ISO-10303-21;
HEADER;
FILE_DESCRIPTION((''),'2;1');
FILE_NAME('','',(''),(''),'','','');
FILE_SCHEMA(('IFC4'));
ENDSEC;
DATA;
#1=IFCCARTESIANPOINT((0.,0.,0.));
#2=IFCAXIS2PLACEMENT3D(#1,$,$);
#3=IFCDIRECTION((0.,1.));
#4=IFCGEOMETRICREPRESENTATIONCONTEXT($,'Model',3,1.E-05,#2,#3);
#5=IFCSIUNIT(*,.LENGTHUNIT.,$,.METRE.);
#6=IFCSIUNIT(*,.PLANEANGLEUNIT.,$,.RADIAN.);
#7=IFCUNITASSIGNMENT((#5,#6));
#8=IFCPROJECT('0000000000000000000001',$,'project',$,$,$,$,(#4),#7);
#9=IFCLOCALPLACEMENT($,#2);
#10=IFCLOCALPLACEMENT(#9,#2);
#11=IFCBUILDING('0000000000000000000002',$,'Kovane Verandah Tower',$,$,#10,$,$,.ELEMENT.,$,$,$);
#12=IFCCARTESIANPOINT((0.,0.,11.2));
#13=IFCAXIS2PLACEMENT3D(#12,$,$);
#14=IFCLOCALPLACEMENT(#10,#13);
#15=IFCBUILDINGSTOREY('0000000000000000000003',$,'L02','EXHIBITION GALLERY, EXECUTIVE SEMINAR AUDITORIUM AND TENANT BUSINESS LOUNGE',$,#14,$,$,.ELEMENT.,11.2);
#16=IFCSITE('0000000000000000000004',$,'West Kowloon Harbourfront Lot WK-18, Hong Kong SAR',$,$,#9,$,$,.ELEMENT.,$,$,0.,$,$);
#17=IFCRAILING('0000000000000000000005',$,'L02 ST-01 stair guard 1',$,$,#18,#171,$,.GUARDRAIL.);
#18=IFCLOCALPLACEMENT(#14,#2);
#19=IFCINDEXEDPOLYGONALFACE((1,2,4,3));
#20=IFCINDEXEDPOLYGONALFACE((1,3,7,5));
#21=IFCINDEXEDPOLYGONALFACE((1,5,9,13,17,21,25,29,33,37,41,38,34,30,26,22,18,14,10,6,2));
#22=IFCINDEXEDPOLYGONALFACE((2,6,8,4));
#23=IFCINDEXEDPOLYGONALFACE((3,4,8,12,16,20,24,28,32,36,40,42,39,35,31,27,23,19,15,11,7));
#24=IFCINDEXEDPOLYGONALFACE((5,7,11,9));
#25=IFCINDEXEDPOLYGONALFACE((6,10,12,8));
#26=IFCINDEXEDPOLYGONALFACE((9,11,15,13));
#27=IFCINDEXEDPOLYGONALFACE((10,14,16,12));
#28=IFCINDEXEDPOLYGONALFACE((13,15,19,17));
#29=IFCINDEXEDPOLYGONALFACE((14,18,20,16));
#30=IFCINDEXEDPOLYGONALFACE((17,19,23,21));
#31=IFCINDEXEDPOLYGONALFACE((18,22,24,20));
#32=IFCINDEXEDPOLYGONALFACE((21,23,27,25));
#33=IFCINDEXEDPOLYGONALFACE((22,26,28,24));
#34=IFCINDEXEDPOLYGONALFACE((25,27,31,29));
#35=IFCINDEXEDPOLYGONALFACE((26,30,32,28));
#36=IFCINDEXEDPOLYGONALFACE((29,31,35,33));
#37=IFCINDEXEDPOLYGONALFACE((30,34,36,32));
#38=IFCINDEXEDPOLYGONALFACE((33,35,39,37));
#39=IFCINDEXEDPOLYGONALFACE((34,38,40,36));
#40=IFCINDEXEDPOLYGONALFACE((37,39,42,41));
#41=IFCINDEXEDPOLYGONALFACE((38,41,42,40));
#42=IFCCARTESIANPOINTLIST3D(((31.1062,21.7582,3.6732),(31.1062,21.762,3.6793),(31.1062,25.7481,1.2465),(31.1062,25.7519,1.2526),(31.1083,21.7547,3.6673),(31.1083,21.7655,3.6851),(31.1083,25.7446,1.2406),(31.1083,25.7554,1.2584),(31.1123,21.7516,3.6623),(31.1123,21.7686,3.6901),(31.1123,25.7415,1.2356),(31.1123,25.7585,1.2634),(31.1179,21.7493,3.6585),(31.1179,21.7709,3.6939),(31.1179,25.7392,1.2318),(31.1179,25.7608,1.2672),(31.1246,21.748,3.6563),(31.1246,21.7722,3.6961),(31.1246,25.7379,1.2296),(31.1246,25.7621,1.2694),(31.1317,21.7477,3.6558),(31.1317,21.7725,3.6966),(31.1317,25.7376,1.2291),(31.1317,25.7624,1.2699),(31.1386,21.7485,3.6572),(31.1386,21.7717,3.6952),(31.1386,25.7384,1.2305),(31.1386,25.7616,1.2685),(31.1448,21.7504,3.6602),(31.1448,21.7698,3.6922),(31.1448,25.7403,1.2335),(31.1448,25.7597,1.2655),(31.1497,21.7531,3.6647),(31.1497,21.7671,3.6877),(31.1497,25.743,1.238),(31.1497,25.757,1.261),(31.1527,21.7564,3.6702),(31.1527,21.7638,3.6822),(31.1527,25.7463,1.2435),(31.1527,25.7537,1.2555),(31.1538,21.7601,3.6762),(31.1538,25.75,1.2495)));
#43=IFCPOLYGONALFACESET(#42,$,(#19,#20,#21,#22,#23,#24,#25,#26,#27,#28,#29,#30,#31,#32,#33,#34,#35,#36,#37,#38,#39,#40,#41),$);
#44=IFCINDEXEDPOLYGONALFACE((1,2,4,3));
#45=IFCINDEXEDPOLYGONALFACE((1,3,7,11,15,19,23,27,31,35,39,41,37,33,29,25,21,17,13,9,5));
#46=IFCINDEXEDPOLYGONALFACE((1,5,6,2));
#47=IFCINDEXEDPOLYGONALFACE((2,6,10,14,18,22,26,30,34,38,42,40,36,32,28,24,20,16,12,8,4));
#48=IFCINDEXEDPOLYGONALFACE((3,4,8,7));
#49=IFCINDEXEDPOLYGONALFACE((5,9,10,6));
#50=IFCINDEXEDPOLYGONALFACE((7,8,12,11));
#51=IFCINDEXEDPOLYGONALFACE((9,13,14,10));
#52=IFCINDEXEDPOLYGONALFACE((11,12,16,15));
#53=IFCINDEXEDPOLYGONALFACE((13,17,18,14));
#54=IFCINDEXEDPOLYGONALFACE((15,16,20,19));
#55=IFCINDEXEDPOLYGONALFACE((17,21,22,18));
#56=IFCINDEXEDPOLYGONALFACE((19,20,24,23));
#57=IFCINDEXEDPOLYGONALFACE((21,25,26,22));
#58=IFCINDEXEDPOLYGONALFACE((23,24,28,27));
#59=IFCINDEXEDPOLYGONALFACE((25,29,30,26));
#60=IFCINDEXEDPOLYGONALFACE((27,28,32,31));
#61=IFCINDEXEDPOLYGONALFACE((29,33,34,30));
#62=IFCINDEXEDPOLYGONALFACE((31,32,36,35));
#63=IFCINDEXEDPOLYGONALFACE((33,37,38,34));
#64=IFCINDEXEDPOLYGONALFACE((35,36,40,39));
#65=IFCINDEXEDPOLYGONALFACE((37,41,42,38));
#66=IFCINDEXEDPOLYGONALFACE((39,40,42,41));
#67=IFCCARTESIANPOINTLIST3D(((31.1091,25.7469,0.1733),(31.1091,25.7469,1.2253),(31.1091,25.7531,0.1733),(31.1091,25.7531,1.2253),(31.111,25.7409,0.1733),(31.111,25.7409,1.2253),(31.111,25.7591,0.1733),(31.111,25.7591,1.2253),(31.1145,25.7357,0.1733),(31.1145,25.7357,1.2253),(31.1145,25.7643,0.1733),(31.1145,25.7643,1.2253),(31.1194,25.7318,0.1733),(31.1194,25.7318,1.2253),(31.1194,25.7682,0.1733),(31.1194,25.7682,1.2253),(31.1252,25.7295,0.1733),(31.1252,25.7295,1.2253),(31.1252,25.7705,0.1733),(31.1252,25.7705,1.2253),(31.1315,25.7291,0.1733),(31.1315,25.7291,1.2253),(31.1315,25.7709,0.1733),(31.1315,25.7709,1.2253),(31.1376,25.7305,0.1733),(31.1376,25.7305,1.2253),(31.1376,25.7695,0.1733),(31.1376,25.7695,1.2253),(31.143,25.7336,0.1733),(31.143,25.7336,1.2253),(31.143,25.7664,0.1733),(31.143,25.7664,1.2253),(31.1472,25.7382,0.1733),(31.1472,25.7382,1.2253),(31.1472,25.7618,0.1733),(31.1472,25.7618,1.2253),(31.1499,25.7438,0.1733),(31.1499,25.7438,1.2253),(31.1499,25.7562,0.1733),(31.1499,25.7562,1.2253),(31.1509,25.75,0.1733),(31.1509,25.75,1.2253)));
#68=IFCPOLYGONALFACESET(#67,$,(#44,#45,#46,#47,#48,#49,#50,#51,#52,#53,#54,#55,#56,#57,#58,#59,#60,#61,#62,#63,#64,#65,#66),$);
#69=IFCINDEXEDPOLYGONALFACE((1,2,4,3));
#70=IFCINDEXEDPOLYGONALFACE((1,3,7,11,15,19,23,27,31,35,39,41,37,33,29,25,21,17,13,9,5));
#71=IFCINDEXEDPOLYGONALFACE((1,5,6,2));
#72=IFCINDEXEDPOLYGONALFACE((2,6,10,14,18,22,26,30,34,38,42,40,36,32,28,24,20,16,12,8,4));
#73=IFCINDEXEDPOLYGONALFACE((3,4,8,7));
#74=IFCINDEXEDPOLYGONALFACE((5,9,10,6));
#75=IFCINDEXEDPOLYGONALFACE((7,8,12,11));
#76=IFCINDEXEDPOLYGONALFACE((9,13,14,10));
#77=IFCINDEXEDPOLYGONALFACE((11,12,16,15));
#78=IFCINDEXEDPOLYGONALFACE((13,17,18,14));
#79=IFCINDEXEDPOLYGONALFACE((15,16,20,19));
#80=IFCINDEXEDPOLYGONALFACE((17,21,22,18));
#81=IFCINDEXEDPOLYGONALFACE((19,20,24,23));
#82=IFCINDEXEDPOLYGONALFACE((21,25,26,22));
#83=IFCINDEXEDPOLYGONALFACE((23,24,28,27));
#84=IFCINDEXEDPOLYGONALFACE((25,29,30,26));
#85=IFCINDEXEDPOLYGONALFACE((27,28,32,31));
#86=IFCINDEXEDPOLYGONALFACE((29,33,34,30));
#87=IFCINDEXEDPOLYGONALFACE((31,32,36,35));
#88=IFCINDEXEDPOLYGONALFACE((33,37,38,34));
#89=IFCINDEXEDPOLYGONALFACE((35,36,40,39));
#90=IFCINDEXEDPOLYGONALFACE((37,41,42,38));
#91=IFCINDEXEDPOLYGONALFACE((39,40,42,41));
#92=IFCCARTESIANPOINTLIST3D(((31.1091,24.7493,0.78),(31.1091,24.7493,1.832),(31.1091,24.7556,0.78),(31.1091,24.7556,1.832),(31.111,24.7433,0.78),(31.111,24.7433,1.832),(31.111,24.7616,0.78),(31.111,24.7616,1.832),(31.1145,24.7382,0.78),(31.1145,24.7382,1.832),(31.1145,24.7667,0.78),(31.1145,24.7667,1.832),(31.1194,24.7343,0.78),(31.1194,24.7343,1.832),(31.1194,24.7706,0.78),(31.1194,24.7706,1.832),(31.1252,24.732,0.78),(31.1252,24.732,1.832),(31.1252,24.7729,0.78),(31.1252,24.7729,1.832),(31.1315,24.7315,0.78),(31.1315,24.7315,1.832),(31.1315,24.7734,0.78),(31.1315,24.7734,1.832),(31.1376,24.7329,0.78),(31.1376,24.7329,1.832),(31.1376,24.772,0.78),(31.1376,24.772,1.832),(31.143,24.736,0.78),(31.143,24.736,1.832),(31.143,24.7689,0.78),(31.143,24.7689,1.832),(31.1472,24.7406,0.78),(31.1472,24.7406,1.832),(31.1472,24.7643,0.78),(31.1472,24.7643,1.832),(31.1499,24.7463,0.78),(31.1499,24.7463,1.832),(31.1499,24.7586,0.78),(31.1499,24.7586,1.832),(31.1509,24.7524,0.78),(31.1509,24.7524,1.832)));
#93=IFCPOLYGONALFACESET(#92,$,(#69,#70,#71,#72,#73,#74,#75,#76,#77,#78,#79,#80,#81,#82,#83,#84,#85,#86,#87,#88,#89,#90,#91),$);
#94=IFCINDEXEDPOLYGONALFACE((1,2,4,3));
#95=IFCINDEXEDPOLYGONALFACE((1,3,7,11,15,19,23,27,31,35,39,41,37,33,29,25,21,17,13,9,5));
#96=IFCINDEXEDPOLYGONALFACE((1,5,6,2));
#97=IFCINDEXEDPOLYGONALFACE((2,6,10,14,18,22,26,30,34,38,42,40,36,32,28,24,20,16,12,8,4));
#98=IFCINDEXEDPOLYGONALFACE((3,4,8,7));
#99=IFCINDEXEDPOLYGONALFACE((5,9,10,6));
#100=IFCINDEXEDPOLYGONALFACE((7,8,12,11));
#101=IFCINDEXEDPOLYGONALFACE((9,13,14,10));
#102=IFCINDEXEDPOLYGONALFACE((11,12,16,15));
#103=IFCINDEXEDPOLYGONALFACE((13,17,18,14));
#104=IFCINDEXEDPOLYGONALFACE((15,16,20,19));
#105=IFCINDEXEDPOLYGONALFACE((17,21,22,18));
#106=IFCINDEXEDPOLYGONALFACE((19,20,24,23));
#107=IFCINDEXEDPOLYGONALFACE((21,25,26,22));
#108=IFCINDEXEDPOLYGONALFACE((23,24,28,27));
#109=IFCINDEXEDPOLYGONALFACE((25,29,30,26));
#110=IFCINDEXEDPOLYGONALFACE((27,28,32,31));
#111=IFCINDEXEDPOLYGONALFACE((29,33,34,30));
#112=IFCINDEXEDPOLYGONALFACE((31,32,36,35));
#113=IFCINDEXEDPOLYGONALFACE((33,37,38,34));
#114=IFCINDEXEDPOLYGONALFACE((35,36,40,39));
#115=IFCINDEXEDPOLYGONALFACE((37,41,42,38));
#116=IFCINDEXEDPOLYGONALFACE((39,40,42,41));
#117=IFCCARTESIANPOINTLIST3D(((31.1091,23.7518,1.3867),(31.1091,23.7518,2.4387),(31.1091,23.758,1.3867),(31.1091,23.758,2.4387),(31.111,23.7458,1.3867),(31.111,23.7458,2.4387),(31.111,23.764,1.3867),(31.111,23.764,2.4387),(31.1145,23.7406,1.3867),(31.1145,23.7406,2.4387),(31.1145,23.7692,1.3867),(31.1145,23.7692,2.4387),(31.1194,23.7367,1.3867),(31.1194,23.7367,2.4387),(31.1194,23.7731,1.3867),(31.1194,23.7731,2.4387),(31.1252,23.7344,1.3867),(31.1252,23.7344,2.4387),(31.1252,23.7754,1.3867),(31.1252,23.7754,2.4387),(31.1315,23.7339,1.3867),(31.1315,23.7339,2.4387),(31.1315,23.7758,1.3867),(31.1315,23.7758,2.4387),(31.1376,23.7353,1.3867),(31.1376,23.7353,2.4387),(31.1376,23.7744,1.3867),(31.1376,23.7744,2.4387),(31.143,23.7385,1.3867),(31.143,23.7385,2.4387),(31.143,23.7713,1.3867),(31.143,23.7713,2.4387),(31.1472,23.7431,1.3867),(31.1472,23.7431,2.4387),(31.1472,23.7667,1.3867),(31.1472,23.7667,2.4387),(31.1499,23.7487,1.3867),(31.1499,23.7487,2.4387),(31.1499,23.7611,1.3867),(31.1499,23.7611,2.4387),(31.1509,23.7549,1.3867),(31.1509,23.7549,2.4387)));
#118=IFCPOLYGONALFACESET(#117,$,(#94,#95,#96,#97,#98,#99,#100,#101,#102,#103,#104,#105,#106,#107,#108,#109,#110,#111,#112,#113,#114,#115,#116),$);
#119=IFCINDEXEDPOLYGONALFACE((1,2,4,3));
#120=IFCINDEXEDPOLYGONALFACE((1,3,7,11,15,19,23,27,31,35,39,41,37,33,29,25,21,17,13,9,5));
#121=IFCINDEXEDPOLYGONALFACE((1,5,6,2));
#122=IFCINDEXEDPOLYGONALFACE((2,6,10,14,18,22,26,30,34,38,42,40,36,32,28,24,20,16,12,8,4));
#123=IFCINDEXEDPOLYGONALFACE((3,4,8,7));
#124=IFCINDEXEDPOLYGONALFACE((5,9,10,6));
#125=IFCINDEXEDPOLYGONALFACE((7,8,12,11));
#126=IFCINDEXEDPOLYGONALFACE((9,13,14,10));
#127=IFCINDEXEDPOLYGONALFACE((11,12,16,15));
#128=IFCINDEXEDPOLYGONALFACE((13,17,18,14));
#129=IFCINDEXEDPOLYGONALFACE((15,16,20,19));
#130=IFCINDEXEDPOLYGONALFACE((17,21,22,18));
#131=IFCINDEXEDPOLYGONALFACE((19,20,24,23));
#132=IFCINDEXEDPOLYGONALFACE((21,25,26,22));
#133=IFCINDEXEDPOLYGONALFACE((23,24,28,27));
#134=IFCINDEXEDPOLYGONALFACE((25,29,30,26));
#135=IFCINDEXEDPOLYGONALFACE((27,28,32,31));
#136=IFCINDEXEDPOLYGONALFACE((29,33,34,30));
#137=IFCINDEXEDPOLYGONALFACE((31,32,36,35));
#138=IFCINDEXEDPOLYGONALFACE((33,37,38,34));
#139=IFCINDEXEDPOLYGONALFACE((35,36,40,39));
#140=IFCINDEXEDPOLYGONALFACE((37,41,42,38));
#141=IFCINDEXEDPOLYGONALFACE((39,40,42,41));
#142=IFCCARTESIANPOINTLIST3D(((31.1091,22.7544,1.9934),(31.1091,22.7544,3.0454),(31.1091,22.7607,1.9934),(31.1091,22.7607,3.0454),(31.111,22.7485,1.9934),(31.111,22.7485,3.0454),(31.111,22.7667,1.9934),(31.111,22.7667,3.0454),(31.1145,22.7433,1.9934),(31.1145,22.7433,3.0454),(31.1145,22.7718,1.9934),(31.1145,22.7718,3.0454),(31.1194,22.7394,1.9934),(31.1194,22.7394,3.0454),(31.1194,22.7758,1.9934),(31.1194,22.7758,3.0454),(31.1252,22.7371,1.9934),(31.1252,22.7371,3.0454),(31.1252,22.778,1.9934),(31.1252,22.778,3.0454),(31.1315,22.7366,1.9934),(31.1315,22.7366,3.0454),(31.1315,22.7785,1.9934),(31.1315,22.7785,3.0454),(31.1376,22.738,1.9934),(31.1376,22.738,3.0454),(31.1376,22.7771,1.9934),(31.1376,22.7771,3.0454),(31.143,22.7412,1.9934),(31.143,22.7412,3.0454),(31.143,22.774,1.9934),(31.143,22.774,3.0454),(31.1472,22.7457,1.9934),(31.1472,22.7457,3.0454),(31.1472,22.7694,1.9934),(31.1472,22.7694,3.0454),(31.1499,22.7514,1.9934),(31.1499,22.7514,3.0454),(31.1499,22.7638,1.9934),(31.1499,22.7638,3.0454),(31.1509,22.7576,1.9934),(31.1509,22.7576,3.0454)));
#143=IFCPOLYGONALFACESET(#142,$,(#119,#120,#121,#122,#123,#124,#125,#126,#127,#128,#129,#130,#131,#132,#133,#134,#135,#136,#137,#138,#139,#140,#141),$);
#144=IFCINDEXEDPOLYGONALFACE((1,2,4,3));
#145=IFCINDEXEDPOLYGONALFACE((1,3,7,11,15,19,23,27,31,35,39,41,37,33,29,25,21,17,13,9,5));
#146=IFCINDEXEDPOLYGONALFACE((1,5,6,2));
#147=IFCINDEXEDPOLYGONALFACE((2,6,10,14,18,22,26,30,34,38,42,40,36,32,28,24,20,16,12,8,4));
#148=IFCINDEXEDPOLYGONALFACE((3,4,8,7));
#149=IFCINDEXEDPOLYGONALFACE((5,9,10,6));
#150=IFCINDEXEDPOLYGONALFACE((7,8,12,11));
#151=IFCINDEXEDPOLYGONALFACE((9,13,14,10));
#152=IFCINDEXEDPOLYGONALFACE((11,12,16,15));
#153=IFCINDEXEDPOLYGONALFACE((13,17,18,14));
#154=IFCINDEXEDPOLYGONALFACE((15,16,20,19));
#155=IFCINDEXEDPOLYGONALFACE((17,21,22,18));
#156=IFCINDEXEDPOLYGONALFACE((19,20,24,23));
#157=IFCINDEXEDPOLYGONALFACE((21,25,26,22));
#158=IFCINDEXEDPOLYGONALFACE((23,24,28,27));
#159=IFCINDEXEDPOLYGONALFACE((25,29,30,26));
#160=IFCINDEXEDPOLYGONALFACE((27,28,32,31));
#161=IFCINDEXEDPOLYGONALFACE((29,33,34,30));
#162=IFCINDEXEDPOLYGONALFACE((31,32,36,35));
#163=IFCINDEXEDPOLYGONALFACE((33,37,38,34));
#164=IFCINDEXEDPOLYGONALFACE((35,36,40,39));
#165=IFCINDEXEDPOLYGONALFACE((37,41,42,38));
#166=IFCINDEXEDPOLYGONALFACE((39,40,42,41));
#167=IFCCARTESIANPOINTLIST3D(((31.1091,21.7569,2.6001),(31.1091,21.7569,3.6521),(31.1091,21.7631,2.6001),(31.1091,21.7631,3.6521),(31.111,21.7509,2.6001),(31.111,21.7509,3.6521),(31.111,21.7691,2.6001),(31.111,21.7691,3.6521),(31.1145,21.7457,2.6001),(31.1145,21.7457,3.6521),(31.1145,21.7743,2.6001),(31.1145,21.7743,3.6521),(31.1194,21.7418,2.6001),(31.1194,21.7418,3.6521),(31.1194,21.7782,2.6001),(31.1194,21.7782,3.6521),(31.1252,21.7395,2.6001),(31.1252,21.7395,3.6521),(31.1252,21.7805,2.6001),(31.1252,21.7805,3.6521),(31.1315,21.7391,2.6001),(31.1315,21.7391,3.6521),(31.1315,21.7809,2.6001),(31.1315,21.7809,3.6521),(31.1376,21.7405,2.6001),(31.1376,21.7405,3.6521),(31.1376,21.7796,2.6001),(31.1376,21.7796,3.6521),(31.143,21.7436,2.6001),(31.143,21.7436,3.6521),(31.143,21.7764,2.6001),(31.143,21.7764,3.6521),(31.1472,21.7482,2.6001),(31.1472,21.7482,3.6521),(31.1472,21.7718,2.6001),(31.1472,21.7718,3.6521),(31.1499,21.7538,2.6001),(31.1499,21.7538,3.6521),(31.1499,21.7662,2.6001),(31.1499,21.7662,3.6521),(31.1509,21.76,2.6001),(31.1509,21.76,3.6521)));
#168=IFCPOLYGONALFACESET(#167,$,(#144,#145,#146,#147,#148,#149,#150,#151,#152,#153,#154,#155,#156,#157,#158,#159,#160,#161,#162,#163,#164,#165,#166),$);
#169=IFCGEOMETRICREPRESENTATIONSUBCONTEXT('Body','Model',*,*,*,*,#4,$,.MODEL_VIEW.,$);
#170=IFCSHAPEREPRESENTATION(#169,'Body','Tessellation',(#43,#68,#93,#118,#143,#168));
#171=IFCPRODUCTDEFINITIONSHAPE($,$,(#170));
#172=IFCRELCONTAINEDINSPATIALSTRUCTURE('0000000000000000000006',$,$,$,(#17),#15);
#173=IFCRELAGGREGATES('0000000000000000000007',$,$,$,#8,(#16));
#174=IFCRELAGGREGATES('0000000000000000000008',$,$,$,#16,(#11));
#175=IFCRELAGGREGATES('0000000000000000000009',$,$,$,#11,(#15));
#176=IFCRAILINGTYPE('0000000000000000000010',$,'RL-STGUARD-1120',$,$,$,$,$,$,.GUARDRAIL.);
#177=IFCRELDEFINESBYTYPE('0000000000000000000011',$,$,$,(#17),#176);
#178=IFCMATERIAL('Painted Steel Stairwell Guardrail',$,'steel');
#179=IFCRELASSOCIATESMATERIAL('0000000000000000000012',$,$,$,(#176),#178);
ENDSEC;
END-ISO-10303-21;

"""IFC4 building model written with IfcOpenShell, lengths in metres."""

from ifc_helpers import new_model, si_unit, direction, frame, origin, origin_2d, place, context, subcontext, project, spatial, circle, extrude, material, type_object, element, save


model = new_model("IFC4")

# Units and contexts
model_context = context("Model", 3, precision=1e-05, world=origin(), true_north=direction((0.0, 1.0)))
body_context = subcontext(model_context, "Body", "Model", "MODEL_VIEW")
ifc_project = project(units=[si_unit("LENGTHUNIT", "METRE"), si_unit("PLANEANGLEUNIT", "RADIAN")], contexts=[model_context])

# Site, building, storey
site_placement = place(None, origin())
site = spatial("IfcSite", under=ifc_project, at=site_placement, Name="West Kowloon Harbourfront Lot WK-18, Hong Kong SAR", CompositionType="ELEMENT", RefElevation=0.0)
building_placement = place(site_placement, origin())
building = spatial("IfcBuilding", under=site, at=building_placement, Name="Kovane Verandah Tower", CompositionType="ELEMENT")
storey_placement = place(building_placement, frame((0.0, 0.0, 11.2)))
storey = spatial("IfcBuildingStorey", under=building, at=storey_placement, Name="L02", Description="EXHIBITION GALLERY, EXECUTIVE SEMINAR AUDITORIUM AND TENANT BUSINESS LOUNGE", CompositionType="ELEMENT", Elevation=11.2)

# Railing
ifc_material_1 = material(Name="Painted Steel Stairwell Guardrail", Category="steel")
railing_type = type_object("IfcRailingType", Name="RL-STGUARD-1120", PredefinedType="GUARDRAIL", material=ifc_material_1)
railing_1_placement = place(storey_placement, frame((31.1299, 25.75, 0.1733)))
element("IfcRailing", 1, at=railing_1_placement, inside=storey, type_object=railing_type, Name="L02 ST-01 stair guard 1", PredefinedType="GUARDRAIL", context=body_context, shape_type="SweptSolid", body=[
    extrude(circle(Radius=0.0239, at=origin_2d()), frame((0.0, 0.0, 1.0762), z_axis=(0.0, -0.854382, 0.519645), x_axis=(1.0, 0.0, 0.0)), (0.0, 0.0, 1.0), 4.6699),
    extrude(circle(Radius=0.021, at=origin_2d()), origin(), (0.0, 0.0, 1.0), 1.052),
    extrude(circle(Radius=0.021, at=origin_2d()), frame((0.0, -0.9976, 0.6067)), (0.0, 0.0, 1.0), 1.052),
    extrude(circle(Radius=0.021, at=origin_2d()), frame((0.0, -1.9951, 1.2134)), (0.0, 0.0, 1.0), 1.052),
    extrude(circle(Radius=0.021, at=origin_2d()), frame((0.0, -2.9924, 1.8201)), (0.0, 0.0, 1.0), 1.052),
    extrude(circle(Radius=0.021, at=origin_2d()), frame((0.0, -3.99, 2.4268)), (0.0, 0.0, 1.0), 1.052),
])

save(model, "model.ifc")
